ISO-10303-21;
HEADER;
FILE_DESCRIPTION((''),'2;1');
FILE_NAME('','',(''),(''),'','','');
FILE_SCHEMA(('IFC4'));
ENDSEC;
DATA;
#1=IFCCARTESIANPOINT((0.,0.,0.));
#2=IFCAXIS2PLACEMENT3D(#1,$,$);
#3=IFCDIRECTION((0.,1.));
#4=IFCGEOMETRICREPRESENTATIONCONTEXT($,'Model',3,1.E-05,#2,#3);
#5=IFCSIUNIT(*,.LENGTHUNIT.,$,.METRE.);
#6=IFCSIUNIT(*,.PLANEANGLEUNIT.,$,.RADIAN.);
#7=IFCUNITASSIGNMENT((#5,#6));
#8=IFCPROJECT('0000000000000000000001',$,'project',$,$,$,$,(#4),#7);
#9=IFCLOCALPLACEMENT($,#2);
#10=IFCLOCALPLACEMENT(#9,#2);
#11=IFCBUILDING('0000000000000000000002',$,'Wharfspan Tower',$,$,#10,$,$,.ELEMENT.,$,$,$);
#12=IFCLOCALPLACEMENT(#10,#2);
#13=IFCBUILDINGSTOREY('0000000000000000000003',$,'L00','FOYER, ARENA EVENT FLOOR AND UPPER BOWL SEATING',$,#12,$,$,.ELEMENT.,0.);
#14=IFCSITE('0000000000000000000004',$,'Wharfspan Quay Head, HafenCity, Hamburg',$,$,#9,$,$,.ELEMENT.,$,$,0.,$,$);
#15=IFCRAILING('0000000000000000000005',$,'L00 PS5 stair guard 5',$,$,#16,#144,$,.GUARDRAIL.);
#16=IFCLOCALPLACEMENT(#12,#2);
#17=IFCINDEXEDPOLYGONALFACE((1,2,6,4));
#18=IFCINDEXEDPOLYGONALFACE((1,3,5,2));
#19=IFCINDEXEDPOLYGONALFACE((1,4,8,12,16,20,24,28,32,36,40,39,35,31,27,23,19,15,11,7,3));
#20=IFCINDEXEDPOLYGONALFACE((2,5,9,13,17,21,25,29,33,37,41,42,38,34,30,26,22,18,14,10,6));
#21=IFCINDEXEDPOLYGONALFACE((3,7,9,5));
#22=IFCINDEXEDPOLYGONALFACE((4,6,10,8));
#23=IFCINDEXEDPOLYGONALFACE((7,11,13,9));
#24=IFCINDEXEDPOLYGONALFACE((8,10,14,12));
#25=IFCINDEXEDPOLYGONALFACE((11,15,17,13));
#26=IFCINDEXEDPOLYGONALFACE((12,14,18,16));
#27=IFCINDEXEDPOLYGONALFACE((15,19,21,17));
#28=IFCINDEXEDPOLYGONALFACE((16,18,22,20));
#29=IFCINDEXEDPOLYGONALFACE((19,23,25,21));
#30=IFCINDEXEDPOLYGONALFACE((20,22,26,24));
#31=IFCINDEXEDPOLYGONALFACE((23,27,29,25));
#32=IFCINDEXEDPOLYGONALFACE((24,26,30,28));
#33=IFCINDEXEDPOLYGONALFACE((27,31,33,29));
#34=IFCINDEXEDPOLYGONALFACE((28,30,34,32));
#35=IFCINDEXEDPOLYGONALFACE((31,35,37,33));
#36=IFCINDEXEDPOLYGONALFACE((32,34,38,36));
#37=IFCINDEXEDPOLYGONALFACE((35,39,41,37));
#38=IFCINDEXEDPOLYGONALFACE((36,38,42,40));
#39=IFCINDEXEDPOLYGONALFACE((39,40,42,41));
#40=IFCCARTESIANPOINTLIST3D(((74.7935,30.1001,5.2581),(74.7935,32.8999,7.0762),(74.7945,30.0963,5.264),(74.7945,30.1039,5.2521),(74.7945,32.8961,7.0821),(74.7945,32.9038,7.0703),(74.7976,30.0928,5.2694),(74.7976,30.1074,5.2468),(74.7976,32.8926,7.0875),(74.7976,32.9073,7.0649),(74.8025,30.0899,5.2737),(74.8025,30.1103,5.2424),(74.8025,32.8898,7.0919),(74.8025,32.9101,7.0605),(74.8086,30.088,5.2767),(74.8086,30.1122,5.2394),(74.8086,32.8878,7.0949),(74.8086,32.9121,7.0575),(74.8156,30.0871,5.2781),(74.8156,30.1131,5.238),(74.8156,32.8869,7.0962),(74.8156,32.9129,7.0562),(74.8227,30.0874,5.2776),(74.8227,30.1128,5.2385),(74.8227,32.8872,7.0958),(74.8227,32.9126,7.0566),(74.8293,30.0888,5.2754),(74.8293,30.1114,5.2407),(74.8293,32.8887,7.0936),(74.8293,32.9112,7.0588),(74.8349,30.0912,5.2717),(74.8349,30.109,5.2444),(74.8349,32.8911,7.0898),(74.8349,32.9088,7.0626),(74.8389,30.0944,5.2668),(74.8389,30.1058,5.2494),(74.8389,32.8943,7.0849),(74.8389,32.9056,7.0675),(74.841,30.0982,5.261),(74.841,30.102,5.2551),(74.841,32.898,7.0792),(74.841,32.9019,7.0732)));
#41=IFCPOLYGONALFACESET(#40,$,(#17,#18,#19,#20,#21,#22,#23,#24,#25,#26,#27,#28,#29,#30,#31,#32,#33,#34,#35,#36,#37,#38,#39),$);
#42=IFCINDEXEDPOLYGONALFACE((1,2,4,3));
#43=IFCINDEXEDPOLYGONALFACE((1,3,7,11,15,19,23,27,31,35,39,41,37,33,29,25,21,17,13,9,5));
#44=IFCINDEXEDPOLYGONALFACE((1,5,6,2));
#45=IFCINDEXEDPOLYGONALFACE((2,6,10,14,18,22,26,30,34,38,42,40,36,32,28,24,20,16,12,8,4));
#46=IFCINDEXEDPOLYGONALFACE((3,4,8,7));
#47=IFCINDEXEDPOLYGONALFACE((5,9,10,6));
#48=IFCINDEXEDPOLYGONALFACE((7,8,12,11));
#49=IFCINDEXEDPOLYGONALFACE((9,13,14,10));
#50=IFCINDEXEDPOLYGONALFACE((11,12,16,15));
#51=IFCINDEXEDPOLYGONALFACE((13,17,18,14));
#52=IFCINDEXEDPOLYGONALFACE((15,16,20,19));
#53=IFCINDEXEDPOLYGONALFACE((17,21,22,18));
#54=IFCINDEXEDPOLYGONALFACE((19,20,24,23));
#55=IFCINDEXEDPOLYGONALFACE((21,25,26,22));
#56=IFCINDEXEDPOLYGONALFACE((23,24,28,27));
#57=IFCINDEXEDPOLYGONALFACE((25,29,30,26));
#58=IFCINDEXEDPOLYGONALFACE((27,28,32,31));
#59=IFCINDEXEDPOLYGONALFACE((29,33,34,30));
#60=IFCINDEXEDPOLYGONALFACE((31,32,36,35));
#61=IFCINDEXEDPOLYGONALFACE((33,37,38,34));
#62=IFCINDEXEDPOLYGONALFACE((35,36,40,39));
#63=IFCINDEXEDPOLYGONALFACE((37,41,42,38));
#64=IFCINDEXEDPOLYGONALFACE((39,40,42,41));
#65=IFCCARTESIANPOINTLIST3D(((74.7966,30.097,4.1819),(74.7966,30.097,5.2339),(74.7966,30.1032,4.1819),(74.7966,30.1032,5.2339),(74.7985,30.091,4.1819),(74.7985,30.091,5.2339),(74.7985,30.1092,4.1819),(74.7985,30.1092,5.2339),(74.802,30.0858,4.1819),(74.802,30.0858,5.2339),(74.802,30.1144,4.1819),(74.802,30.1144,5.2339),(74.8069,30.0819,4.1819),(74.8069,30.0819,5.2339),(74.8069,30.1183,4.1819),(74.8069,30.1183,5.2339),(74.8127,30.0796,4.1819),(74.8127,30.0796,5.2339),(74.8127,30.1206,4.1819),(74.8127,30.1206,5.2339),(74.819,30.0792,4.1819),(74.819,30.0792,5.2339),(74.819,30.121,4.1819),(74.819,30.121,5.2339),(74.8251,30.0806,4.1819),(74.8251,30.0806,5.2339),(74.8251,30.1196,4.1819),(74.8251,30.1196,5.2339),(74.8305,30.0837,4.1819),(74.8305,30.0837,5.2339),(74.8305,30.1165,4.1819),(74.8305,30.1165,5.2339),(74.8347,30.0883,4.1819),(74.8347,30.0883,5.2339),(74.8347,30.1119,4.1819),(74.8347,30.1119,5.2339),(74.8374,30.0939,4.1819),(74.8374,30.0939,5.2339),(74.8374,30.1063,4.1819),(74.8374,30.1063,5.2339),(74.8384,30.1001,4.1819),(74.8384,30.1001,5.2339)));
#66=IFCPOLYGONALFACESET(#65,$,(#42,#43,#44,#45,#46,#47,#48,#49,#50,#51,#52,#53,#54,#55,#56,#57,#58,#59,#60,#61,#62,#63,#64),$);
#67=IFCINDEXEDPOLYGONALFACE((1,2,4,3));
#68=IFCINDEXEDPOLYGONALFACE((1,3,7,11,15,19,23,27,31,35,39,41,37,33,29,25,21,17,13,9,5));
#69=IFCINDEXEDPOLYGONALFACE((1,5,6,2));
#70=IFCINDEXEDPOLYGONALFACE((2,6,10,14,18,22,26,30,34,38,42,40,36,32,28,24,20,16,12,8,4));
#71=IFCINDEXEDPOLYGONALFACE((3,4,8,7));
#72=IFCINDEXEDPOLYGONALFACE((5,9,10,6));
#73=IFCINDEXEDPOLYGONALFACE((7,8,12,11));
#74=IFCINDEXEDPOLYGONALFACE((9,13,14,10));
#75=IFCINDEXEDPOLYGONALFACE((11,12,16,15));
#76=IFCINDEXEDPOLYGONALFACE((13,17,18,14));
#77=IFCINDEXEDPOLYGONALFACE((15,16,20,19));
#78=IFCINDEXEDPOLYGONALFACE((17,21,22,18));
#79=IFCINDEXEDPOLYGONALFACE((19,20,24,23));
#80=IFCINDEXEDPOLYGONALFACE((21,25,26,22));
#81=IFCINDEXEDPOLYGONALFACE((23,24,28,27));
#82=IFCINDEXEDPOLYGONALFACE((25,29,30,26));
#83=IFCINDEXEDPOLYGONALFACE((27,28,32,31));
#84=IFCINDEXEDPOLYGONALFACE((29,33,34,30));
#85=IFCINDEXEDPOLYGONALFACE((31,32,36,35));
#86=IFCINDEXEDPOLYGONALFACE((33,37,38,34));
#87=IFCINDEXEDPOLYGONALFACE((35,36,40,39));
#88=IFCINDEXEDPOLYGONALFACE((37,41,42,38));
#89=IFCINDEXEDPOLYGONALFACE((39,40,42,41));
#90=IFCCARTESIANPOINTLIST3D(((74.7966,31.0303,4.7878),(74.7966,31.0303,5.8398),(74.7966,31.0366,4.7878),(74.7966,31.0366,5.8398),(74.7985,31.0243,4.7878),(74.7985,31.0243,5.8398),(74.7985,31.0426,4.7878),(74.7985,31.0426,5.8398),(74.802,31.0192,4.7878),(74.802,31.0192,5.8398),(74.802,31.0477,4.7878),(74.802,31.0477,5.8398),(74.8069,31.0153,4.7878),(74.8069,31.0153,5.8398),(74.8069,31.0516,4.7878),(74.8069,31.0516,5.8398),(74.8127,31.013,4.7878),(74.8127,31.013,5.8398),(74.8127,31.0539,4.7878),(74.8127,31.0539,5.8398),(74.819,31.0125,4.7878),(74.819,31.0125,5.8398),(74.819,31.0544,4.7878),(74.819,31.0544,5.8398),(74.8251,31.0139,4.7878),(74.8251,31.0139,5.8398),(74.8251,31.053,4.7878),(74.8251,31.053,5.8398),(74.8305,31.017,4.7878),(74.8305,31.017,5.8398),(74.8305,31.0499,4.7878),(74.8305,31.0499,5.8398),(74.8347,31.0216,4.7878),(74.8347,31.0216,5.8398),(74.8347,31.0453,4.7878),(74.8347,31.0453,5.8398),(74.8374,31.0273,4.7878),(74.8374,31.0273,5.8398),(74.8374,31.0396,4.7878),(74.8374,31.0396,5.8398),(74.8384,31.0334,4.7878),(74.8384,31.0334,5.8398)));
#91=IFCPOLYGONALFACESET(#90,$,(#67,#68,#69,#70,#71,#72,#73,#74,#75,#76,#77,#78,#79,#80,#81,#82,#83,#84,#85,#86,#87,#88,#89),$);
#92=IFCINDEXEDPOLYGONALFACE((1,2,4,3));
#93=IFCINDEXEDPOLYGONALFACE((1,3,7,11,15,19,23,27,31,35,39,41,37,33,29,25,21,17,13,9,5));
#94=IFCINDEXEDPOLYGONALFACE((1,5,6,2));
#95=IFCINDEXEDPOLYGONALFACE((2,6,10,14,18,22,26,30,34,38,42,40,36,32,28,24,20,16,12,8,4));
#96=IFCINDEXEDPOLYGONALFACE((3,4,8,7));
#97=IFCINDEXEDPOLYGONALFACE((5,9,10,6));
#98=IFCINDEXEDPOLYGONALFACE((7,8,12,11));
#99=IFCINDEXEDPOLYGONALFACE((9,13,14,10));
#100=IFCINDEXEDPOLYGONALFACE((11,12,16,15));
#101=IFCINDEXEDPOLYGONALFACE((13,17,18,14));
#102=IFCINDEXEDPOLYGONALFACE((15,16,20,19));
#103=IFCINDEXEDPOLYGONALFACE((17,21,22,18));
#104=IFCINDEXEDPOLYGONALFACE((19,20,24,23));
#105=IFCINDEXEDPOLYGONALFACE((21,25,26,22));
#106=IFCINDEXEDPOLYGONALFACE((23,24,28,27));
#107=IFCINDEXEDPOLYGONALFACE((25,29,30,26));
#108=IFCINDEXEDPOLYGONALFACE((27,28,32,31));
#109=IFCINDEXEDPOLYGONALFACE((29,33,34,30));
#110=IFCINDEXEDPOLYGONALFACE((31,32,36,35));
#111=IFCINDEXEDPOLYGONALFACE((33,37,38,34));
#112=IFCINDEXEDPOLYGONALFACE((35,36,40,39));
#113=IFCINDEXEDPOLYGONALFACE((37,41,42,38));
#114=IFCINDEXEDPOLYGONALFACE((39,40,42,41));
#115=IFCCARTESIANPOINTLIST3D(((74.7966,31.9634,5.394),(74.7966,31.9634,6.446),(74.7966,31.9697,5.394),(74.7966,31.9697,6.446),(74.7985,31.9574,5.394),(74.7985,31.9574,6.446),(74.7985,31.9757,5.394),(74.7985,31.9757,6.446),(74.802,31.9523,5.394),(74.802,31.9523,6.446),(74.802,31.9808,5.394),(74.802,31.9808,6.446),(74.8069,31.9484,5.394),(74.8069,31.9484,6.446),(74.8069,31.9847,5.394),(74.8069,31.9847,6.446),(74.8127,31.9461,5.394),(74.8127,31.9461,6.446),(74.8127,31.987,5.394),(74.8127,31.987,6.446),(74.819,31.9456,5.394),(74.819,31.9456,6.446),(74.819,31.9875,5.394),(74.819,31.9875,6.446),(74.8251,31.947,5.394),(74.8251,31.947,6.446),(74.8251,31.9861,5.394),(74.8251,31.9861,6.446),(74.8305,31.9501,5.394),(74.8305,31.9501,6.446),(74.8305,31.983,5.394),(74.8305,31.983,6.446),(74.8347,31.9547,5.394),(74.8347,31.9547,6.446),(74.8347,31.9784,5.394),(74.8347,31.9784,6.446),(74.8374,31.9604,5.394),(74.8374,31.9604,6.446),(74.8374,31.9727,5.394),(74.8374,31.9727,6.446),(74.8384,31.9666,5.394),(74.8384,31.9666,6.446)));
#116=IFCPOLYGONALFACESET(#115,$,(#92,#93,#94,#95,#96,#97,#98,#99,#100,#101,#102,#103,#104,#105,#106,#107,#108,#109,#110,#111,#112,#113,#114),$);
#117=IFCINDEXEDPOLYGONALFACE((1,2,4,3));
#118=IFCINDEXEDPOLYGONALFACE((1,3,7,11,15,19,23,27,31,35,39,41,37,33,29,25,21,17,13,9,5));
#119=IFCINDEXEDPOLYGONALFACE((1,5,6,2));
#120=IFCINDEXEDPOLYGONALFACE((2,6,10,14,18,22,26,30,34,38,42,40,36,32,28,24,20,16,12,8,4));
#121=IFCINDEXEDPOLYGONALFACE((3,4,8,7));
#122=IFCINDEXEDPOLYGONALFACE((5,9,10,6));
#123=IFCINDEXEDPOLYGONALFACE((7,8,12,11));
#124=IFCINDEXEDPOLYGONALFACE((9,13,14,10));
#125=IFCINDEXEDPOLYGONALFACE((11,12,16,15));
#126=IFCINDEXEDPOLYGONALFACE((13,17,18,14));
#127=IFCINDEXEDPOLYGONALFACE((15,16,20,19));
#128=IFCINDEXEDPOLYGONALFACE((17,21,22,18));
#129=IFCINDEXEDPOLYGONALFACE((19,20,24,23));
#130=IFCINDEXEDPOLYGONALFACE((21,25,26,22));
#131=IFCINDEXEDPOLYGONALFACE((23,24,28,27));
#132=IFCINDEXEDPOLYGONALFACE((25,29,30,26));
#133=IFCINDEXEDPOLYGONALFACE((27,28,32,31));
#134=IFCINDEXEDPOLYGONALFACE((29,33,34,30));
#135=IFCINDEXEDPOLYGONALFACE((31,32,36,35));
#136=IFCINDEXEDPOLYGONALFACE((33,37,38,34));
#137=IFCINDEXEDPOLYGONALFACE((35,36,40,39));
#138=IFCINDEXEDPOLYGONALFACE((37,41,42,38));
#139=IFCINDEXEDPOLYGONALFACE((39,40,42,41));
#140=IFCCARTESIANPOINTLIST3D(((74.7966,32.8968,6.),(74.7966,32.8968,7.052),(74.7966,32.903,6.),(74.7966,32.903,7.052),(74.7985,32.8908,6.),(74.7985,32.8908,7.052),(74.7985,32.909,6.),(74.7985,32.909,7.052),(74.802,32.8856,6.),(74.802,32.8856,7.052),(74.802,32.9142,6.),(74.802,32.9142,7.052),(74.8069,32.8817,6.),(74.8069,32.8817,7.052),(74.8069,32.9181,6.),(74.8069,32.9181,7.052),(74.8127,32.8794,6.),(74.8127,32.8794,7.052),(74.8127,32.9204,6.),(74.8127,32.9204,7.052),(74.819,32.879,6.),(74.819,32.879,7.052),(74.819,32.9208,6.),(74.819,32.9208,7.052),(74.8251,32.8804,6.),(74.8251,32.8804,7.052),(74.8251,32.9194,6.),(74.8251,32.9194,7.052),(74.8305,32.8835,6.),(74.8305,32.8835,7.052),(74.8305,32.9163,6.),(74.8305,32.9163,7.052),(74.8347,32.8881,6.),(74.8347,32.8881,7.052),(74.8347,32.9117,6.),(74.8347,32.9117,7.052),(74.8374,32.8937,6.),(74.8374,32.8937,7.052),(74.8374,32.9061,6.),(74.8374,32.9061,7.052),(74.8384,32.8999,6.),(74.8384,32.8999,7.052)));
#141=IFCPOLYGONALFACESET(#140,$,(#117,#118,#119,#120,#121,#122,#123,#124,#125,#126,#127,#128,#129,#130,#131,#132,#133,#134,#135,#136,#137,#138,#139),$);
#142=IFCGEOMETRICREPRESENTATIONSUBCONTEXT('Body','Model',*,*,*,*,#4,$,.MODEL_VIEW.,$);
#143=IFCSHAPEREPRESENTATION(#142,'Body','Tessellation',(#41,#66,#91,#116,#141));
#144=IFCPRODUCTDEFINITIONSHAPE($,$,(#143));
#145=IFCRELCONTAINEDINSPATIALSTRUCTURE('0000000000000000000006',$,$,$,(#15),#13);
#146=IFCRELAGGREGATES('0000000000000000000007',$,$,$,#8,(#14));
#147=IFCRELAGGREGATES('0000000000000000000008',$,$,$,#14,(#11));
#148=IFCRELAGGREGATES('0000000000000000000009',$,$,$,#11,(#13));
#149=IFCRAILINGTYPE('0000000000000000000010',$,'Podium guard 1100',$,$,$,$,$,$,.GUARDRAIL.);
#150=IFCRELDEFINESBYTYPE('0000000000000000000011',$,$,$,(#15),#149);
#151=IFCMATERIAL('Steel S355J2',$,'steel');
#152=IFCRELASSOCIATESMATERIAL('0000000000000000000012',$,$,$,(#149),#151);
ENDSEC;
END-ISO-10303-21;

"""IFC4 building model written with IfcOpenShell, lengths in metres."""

from ifc_helpers import new_model, si_unit, direction, frame, origin, origin_2d, place, context, subcontext, project, spatial, circle, extrude, material, type_object, element, save


model = new_model("IFC4")

# Units and contexts
model_context = context("Model", 3, precision=1e-05, world=origin(), true_north=direction((0.0, 1.0)))
body_context = subcontext(model_context, "Body", "Model", "MODEL_VIEW")
ifc_project = project(units=[si_unit("LENGTHUNIT", "METRE"), si_unit("PLANEANGLEUNIT", "RADIAN")], contexts=[model_context])

# Site, building, storey
site_placement = place(None, origin())
site = spatial("IfcSite", under=ifc_project, at=site_placement, Name="Wharfspan Quay Head, HafenCity, Hamburg", CompositionType="ELEMENT", RefElevation=0.0)
building_placement = place(site_placement, origin())
building = spatial("IfcBuilding", under=site, at=building_placement, Name="Wharfspan Tower", CompositionType="ELEMENT")
storey_placement = place(building_placement, origin())
storey = spatial("IfcBuildingStorey", under=building, at=storey_placement, Name="L00", Description="FOYER, ARENA EVENT FLOOR AND UPPER BOWL SEATING", CompositionType="ELEMENT", Elevation=0.0)

# Shared definitions
ifc_material_1 = material(Name="Steel S355J2", Category="steel")

# Railing
railing_type_1 = type_object("IfcRailingType", Name="Podium guard 1100", PredefinedType="GUARDRAIL", material=ifc_material_1)
railing_1_placement = place(storey_placement, frame((74.8174, 30.1001, 4.1819)))
element("IfcRailing", 1, at=railing_1_placement, inside=storey, type_object=railing_type_1, Name="L00 PS5 stair guard 5", PredefinedType="GUARDRAIL", context=body_context, shape_type="SweptSolid", body=[
    extrude(circle(Radius=0.0239, at=origin_2d()), frame((0.0, 0.0, 1.0762), z_axis=(0.0, 0.838684, 0.544618), x_axis=(-1.0, 0.0, 0.0)), (0.0, 0.0, 1.0), 3.3384),
    extrude(circle(Radius=0.021, at=origin_2d()), origin(), (0.0, 0.0, 1.0), 1.052),
    extrude(circle(Radius=0.021, at=origin_2d()), frame((0.0, 0.9334, 0.606)), (0.0, 0.0, 1.0), 1.052),
    extrude(circle(Radius=0.021, at=origin_2d()), frame((0.0, 1.8665, 1.2122)), (0.0, 0.0, 1.0), 1.052),
    extrude(circle(Radius=0.021, at=origin_2d()), frame((0.0, 2.7998, 1.8181)), (0.0, 0.0, 1.0), 1.052),
])

save(model, "model.ifc")
